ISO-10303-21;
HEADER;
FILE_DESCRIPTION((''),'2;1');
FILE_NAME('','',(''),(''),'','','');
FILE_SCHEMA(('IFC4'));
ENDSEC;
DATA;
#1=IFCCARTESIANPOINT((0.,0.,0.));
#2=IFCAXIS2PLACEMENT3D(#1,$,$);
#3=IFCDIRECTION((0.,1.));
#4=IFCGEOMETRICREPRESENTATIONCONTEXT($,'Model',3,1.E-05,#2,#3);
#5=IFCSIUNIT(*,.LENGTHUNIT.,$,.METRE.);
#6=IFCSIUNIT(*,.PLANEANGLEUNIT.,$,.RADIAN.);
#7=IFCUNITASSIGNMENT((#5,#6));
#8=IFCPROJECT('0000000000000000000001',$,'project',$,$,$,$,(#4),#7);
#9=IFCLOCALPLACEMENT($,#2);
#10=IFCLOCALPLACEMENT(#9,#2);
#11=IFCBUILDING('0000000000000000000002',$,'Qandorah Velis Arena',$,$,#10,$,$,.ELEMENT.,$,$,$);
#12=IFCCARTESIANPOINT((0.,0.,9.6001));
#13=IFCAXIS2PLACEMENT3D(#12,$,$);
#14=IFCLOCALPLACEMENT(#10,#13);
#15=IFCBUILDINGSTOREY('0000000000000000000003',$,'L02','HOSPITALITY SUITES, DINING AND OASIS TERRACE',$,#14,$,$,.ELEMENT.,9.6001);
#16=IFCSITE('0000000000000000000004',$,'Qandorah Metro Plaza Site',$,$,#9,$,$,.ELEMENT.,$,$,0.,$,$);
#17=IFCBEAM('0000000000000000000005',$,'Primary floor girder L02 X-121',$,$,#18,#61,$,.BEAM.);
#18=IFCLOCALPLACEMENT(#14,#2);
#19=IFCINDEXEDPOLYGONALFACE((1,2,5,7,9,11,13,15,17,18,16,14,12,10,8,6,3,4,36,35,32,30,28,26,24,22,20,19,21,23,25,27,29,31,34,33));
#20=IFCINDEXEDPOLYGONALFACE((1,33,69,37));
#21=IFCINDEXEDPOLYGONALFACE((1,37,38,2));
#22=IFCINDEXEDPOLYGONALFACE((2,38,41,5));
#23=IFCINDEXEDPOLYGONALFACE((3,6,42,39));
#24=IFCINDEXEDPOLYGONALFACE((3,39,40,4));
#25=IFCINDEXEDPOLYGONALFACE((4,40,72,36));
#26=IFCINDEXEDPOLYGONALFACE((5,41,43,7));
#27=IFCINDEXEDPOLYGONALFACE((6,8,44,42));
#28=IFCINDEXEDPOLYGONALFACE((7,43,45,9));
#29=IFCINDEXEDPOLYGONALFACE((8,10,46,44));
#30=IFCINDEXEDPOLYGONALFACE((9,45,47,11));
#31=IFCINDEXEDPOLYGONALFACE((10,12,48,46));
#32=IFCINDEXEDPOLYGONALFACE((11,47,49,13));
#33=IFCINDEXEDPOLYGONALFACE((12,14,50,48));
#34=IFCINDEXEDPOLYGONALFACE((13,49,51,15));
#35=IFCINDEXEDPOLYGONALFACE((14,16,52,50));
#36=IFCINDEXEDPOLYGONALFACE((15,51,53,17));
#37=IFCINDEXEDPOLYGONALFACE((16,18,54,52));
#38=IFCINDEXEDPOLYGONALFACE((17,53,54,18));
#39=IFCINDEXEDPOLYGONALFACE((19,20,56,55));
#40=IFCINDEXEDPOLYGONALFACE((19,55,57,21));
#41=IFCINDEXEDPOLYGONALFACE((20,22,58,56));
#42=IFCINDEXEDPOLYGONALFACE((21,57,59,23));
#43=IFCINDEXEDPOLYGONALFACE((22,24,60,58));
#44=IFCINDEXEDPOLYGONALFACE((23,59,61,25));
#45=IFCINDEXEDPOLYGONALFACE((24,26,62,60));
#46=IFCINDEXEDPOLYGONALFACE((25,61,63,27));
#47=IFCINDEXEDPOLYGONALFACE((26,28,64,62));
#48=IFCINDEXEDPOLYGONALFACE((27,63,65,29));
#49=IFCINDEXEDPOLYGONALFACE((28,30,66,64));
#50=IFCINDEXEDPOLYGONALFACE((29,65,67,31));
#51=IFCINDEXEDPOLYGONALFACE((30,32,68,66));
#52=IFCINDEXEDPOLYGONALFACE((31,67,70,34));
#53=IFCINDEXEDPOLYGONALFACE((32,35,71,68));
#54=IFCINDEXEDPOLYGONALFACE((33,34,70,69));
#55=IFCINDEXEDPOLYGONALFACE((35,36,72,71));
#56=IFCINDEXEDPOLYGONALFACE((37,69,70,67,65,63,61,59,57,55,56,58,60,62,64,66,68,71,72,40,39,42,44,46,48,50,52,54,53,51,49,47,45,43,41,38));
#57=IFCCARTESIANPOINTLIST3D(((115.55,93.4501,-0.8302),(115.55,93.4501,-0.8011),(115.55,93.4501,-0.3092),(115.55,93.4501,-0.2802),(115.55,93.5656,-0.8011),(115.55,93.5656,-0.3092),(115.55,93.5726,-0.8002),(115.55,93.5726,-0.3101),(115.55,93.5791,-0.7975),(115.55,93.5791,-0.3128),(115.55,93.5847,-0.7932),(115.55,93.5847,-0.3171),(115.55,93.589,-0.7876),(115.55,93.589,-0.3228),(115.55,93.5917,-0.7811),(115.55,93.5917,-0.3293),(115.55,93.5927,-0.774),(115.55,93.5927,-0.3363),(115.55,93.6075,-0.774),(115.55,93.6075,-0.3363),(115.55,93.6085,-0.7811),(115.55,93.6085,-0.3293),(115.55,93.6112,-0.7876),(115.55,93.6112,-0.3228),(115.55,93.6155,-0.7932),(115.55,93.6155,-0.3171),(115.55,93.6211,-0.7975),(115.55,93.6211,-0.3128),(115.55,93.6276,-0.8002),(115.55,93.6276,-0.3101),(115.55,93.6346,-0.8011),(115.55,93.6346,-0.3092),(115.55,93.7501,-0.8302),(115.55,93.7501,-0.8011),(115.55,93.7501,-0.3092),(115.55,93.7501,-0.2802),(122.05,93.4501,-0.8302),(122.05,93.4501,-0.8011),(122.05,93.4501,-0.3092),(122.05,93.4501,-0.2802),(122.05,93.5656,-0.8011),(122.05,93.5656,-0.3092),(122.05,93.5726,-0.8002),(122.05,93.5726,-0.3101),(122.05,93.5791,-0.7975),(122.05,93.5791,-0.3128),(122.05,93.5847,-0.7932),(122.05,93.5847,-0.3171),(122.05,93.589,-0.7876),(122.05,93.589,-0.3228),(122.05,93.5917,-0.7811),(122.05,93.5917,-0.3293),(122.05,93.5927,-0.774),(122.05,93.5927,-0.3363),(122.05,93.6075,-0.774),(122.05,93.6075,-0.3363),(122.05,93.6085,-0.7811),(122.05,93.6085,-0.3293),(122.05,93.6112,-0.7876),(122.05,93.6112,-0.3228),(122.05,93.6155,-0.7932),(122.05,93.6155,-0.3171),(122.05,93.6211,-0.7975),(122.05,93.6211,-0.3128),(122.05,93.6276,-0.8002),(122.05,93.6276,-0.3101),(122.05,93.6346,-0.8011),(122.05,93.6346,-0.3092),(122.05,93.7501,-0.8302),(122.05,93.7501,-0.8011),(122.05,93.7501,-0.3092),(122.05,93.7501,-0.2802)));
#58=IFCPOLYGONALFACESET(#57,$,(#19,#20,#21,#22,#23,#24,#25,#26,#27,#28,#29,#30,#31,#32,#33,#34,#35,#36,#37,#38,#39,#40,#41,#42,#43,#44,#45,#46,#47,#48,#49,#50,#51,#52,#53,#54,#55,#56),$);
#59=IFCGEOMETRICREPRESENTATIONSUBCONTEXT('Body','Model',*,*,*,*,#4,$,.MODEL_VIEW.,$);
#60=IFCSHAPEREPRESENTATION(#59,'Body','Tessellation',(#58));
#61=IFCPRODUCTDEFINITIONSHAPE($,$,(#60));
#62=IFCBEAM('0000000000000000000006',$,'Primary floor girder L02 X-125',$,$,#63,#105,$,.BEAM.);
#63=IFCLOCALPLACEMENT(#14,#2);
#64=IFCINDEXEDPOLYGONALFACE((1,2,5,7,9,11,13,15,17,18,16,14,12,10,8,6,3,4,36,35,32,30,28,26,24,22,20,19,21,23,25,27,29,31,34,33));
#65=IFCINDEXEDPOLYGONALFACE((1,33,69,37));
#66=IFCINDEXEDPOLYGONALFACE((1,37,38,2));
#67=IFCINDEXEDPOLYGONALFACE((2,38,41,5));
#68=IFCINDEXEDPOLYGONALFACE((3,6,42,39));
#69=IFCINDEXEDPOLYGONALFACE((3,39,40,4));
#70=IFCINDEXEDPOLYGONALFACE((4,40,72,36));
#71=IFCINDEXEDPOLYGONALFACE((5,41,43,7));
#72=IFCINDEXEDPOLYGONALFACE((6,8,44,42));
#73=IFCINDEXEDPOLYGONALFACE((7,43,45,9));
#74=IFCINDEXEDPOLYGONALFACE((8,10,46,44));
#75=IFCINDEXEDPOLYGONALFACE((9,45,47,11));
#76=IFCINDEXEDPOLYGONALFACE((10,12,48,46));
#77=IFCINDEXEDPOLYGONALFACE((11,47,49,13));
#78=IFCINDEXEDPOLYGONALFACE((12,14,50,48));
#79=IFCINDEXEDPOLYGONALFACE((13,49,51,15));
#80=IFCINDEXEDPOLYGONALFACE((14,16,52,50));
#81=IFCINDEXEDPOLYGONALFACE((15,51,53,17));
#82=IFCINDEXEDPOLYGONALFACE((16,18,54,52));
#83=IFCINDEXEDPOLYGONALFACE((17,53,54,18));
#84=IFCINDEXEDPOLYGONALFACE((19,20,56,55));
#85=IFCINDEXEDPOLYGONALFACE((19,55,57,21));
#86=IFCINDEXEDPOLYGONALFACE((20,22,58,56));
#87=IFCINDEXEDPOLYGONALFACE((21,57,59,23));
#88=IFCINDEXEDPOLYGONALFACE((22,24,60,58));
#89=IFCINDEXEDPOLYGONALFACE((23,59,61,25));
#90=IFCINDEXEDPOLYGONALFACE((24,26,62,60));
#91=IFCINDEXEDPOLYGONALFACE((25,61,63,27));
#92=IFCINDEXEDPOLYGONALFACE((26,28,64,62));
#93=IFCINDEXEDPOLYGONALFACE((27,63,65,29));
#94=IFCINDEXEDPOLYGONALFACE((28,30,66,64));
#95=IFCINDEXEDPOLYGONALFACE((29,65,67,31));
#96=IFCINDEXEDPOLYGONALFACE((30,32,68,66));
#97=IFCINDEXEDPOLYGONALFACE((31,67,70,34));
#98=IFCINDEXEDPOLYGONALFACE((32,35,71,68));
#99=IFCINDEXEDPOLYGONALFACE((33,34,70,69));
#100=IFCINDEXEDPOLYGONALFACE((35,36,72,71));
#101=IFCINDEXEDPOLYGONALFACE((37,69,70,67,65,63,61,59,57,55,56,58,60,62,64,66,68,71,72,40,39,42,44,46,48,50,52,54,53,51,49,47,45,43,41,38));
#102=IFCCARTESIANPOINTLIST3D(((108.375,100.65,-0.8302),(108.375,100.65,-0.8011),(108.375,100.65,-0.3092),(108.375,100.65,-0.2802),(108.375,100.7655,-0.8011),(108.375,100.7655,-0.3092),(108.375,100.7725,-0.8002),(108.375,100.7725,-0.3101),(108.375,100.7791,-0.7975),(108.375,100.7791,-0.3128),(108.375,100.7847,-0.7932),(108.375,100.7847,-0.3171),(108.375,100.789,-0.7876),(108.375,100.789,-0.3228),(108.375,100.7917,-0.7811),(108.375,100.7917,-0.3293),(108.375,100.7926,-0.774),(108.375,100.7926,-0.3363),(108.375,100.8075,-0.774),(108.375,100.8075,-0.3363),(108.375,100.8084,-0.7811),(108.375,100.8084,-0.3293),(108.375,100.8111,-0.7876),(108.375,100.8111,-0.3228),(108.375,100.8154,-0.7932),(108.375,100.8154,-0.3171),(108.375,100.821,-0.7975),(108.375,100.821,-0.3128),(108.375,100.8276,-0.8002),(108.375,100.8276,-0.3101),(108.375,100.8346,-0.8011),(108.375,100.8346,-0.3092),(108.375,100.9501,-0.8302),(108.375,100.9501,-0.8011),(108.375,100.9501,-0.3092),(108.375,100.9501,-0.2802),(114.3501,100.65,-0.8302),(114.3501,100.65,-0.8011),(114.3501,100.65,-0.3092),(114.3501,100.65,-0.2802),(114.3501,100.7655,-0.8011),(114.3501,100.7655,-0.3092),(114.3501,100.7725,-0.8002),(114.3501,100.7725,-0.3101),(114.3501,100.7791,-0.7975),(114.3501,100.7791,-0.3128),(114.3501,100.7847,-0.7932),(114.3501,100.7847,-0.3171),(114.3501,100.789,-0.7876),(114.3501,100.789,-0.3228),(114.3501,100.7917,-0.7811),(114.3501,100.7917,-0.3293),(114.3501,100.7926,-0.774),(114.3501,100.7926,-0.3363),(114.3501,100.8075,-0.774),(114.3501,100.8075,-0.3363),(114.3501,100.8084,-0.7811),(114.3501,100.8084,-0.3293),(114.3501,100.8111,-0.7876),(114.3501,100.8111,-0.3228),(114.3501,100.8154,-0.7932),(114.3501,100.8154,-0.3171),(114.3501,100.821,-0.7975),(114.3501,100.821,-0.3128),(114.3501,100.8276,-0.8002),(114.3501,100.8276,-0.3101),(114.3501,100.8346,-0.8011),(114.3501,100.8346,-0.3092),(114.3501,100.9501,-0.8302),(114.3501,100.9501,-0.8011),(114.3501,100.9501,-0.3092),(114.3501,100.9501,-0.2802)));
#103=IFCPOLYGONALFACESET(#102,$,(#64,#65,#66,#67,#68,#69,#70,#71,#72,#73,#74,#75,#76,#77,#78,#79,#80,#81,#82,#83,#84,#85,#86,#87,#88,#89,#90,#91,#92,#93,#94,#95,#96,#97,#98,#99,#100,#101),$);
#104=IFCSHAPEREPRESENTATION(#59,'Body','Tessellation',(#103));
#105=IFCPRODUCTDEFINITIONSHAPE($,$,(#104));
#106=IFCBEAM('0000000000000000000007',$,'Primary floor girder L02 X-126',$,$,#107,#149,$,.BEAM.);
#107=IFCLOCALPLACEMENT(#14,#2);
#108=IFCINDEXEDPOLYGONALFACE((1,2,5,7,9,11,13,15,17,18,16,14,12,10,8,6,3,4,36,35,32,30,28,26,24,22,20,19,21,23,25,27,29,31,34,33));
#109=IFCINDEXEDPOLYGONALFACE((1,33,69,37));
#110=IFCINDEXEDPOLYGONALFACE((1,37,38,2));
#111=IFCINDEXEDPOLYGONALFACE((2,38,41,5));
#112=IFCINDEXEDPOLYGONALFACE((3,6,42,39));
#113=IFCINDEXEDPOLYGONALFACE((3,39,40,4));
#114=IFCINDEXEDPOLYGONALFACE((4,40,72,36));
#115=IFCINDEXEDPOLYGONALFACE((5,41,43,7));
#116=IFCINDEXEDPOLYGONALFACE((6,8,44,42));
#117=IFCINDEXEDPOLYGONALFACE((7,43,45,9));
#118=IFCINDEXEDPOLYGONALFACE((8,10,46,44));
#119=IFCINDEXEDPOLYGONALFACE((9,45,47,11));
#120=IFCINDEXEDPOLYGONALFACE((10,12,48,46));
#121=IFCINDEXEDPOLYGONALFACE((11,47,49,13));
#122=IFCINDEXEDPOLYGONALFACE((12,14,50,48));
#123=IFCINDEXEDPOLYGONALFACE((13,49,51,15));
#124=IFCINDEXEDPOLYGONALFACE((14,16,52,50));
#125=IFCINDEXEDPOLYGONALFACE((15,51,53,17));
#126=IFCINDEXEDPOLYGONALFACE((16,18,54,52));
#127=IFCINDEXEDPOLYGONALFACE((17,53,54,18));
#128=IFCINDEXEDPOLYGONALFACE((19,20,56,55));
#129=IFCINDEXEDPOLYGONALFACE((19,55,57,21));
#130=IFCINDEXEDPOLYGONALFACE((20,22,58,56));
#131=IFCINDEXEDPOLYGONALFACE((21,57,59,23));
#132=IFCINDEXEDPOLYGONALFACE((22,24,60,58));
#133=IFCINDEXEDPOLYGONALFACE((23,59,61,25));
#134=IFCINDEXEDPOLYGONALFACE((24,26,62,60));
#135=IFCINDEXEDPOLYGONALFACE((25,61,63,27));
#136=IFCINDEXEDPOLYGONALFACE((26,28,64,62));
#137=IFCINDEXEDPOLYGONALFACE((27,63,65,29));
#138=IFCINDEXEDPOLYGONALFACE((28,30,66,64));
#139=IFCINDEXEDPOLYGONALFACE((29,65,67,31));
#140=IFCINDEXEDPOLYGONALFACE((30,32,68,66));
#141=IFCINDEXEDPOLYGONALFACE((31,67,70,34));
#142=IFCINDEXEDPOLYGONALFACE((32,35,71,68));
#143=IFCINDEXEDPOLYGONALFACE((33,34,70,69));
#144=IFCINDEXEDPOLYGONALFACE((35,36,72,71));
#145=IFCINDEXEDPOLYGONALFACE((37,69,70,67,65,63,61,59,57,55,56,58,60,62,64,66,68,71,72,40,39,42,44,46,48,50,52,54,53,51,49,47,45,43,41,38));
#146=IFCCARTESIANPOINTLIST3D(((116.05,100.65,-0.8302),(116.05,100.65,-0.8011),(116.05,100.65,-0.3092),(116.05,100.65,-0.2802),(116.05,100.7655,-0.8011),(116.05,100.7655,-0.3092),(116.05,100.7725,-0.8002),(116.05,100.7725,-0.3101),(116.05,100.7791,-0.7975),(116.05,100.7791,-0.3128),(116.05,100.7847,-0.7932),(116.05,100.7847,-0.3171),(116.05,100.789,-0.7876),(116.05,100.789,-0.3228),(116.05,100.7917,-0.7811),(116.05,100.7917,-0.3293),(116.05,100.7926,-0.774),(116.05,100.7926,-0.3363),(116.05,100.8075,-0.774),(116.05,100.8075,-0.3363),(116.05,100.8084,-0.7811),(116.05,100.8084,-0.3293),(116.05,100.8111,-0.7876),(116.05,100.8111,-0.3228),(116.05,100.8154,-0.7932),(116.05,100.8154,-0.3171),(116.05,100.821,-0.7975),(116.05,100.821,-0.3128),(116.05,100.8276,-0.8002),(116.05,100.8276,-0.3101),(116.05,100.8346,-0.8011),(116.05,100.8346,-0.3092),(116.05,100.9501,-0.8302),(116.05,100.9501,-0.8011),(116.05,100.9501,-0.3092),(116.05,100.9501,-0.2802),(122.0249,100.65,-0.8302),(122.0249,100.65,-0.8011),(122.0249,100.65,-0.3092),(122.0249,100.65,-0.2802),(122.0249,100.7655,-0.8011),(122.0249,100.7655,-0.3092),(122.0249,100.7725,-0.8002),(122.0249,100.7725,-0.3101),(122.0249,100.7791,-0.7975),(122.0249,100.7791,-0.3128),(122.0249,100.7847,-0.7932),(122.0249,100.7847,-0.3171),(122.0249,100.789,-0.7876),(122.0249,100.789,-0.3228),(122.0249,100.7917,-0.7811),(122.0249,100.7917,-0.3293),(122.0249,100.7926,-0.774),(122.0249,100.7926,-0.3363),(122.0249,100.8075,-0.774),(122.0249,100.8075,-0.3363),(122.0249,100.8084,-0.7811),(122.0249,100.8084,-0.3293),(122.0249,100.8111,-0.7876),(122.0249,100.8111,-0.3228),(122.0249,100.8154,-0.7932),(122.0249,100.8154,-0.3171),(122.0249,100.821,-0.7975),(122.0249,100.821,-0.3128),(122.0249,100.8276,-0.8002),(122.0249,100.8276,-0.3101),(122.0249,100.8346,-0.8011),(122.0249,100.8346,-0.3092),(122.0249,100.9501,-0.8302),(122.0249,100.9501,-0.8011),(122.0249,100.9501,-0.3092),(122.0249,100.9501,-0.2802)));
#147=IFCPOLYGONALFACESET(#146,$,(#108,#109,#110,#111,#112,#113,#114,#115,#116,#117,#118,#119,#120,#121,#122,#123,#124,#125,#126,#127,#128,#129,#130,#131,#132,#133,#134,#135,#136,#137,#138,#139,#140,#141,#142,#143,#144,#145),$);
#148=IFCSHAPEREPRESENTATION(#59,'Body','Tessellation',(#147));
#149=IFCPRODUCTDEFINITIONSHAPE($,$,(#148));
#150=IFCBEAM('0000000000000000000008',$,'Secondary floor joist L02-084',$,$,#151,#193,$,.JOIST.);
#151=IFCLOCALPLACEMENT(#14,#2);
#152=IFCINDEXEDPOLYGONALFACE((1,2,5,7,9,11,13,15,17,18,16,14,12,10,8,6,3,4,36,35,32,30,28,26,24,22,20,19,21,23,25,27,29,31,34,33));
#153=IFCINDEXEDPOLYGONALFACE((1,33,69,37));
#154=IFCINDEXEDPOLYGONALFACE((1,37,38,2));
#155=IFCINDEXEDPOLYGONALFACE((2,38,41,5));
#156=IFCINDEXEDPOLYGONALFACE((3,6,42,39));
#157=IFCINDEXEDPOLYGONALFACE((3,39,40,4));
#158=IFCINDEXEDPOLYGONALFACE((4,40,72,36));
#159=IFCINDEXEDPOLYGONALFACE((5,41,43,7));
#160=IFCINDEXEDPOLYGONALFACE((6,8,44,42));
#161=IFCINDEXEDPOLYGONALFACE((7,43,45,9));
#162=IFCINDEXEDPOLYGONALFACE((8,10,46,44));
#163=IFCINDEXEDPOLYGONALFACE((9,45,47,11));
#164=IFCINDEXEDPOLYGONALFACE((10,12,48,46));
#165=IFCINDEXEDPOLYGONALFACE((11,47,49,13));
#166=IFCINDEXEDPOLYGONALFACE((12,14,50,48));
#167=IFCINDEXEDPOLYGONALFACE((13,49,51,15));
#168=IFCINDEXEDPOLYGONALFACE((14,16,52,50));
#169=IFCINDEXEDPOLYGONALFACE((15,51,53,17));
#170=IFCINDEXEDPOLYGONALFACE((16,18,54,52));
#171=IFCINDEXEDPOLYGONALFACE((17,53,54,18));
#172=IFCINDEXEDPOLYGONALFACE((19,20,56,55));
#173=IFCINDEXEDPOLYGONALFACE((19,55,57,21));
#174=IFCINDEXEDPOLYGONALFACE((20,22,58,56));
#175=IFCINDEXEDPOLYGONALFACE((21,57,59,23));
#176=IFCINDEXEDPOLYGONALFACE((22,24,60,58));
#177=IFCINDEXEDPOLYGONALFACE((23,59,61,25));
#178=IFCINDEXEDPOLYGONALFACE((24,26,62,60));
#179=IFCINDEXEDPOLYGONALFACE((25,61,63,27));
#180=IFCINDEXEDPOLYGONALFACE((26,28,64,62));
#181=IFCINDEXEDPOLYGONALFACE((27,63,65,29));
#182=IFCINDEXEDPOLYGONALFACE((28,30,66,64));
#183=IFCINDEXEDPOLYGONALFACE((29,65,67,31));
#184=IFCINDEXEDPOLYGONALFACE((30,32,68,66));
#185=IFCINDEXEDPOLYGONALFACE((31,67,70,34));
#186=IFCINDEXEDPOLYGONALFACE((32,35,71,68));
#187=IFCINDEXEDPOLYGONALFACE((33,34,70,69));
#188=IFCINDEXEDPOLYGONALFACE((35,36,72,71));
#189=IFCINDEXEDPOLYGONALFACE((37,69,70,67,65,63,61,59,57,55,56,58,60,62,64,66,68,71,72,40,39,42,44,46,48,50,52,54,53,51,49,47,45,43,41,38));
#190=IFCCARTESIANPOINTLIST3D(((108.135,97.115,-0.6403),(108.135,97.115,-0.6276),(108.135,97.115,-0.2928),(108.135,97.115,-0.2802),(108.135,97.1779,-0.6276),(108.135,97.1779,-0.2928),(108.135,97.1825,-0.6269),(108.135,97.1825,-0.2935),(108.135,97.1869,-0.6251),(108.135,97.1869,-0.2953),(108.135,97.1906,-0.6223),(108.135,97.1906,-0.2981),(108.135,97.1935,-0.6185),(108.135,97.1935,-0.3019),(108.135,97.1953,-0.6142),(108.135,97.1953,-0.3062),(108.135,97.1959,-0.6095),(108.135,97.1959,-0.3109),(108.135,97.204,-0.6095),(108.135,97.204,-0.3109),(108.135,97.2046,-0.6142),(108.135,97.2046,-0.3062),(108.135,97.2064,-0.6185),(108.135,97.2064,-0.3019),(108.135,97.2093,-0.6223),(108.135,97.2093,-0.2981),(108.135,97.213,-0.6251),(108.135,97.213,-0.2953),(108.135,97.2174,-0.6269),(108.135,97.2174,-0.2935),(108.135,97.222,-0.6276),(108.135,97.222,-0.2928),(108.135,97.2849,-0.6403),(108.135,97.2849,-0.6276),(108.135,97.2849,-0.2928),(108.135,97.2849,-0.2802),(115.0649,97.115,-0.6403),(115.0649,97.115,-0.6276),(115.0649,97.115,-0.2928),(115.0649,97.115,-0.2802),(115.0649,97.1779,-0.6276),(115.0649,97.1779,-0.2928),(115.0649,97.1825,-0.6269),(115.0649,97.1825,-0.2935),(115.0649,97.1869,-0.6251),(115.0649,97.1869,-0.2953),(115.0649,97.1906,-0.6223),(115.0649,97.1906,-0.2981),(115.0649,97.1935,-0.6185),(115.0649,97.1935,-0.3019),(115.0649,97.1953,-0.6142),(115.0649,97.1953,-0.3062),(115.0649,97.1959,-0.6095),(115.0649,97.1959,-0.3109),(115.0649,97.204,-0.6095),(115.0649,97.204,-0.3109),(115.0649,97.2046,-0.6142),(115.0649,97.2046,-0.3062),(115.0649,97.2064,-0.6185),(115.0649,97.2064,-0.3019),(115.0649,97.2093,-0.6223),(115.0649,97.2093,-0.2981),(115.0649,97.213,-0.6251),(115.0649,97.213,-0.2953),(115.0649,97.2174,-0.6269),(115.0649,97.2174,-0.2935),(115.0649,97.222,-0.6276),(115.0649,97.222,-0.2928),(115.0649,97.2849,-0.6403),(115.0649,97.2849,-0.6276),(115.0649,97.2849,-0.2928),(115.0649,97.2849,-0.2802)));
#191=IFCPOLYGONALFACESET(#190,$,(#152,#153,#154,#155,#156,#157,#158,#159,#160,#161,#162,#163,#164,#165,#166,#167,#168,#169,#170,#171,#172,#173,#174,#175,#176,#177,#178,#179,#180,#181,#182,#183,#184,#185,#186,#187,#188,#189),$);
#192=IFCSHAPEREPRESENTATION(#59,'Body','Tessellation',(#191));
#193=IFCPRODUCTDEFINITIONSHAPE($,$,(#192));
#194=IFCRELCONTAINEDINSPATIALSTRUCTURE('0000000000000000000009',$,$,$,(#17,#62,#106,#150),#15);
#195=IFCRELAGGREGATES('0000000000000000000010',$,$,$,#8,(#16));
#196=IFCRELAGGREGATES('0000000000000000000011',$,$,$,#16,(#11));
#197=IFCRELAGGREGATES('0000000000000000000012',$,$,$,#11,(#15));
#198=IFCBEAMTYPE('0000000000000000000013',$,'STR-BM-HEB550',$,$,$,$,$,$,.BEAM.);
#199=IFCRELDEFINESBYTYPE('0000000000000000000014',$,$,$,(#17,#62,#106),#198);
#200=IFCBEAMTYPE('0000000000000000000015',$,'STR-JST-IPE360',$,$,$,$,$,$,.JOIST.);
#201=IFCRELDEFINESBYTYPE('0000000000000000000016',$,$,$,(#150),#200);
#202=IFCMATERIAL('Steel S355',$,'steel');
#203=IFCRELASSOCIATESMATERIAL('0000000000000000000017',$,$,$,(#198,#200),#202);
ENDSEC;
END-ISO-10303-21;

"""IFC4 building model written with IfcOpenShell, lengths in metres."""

from ifc_helpers import new_model, si_unit, direction, frame, origin, origin_2d, place, context, subcontext, project, spatial, i_section, extrude, material, material_profile, profile_set, type_object, element, save


model = new_model("IFC4")

# Units and contexts
model_context = context("Model", 3, precision=1e-05, world=origin(), true_north=direction((0.0, 1.0)))
body_context = subcontext(model_context, "Body", "Model", "MODEL_VIEW")
ifc_project = project(units=[si_unit("LENGTHUNIT", "METRE"), si_unit("PLANEANGLEUNIT", "RADIAN")], contexts=[model_context])

# Site, building, storey
site_placement = place(None, origin())
site = spatial("IfcSite", under=ifc_project, at=site_placement, Name="Qandorah Metro Plaza Site", CompositionType="ELEMENT", RefElevation=0.0)
building_placement = place(site_placement, origin())
building = spatial("IfcBuilding", under=site, at=building_placement, Name="Qandorah Velis Arena", CompositionType="ELEMENT")
storey_placement = place(building_placement, frame((0.0, 0.0, 9.6001)))
storey = spatial("IfcBuildingStorey", under=building, at=storey_placement, Name="L02", Description="HOSPITALITY SUITES, DINING AND OASIS TERRACE", CompositionType="ELEMENT", Elevation=9.6001)

# Shared definitions
ifc_material_1 = material(Name="Steel S355", Category="steel")

# Beams
ifc_material_profile_1 = material_profile(ifc_material_1, i_section(OverallWidth=0.3, OverallDepth=0.55, WebThickness=0.0149, FlangeThickness=0.0291, FilletRadius=0.0271, at=origin_2d()), Name="HEB 550")
ifc_profile_set_1 = profile_set([ifc_material_profile_1], Name="Steel S355")
beam_type_1 = type_object("IfcBeamType", Name="STR-BM-HEB550", PredefinedType="BEAM", material=ifc_profile_set_1)
for number, where, z_axis, x_axis, name in (
    (1, (115.55, 93.6001, -0.5552), (1.0, 0.0, 0.0), (0.0, 1.0, 0.0), "Primary floor girder L02 X-121"),
):
    element("IfcBeam", number, at=place(storey_placement, frame(where, z_axis=z_axis, x_axis=x_axis)), inside=storey, type_object=beam_type_1, Name=name, PredefinedType="BEAM", context=body_context, shape_type="SweptSolid", body=[
        extrude(i_section(OverallWidth=0.3, OverallDepth=0.55, WebThickness=0.0149, FlangeThickness=0.0291, FilletRadius=0.0271, at=origin_2d()), origin(), (0.0, 0.0, 1.0), 6.5),
    ])
beam_1_placement = place(storey_placement, frame((108.375, 100.8, -0.5552), z_axis=(1.0, 0.0, 0.0), x_axis=(0.0, 1.0, 0.0)))
element("IfcBeam", 2, at=beam_1_placement, inside=storey, type_object=beam_type_1, Name="Primary floor girder L02 X-125", PredefinedType="BEAM", context=body_context, shape_type="SweptSolid", body=[
    extrude(i_section(OverallWidth=0.3, OverallDepth=0.55, WebThickness=0.0149, FlangeThickness=0.0291, FilletRadius=0.0271, at=origin_2d()), origin(), (0.0, 0.0, 1.0), 5.9751),
])
beam_2_placement = place(storey_placement, frame((116.05, 100.8, -0.5552), z_axis=(1.0, 0.0, 0.0), x_axis=(0.0, 1.0, 0.0)))
element("IfcBeam", 3, at=beam_2_placement, inside=storey, type_object=beam_type_1, Name="Primary floor girder L02 X-126", PredefinedType="BEAM", context=body_context, shape_type="SweptSolid", body=[
    extrude(i_section(OverallWidth=0.3, OverallDepth=0.55, WebThickness=0.0149, FlangeThickness=0.0291, FilletRadius=0.0271, at=origin_2d()), origin(), (0.0, 0.0, 1.0), 5.9749),
])
ifc_material_profile_2 = material_profile(ifc_material_1, i_section(OverallWidth=0.1699, OverallDepth=0.3601, WebThickness=0.0081, FlangeThickness=0.0127, FilletRadius=0.0181, at=origin_2d()), Name="IPE 360")
ifc_profile_set_2 = profile_set([ifc_material_profile_2], Name="Steel S355")
beam_type_2 = type_object("IfcBeamType", Name="STR-JST-IPE360", PredefinedType="JOIST", material=ifc_profile_set_2)
for number, where, z_axis, x_axis, name in (
    (4, (108.135, 97.2, -0.4602), (1.0, 0.0, 0.0), (0.0, 1.0, 0.0), "Secondary floor joist L02-084"),
):
    element("IfcBeam", number, at=place(storey_placement, frame(where, z_axis=z_axis, x_axis=x_axis)), inside=storey, type_object=beam_type_2, Name=name, PredefinedType="JOIST", context=body_context, shape_type="SweptSolid", body=[
        extrude(i_section(OverallWidth=0.1699, OverallDepth=0.3601, WebThickness=0.0081, FlangeThickness=0.0127, FilletRadius=0.0181, at=origin_2d()), origin(), (0.0, 0.0, 1.0), 6.9299),
    ])

save(model, "model.ifc")
